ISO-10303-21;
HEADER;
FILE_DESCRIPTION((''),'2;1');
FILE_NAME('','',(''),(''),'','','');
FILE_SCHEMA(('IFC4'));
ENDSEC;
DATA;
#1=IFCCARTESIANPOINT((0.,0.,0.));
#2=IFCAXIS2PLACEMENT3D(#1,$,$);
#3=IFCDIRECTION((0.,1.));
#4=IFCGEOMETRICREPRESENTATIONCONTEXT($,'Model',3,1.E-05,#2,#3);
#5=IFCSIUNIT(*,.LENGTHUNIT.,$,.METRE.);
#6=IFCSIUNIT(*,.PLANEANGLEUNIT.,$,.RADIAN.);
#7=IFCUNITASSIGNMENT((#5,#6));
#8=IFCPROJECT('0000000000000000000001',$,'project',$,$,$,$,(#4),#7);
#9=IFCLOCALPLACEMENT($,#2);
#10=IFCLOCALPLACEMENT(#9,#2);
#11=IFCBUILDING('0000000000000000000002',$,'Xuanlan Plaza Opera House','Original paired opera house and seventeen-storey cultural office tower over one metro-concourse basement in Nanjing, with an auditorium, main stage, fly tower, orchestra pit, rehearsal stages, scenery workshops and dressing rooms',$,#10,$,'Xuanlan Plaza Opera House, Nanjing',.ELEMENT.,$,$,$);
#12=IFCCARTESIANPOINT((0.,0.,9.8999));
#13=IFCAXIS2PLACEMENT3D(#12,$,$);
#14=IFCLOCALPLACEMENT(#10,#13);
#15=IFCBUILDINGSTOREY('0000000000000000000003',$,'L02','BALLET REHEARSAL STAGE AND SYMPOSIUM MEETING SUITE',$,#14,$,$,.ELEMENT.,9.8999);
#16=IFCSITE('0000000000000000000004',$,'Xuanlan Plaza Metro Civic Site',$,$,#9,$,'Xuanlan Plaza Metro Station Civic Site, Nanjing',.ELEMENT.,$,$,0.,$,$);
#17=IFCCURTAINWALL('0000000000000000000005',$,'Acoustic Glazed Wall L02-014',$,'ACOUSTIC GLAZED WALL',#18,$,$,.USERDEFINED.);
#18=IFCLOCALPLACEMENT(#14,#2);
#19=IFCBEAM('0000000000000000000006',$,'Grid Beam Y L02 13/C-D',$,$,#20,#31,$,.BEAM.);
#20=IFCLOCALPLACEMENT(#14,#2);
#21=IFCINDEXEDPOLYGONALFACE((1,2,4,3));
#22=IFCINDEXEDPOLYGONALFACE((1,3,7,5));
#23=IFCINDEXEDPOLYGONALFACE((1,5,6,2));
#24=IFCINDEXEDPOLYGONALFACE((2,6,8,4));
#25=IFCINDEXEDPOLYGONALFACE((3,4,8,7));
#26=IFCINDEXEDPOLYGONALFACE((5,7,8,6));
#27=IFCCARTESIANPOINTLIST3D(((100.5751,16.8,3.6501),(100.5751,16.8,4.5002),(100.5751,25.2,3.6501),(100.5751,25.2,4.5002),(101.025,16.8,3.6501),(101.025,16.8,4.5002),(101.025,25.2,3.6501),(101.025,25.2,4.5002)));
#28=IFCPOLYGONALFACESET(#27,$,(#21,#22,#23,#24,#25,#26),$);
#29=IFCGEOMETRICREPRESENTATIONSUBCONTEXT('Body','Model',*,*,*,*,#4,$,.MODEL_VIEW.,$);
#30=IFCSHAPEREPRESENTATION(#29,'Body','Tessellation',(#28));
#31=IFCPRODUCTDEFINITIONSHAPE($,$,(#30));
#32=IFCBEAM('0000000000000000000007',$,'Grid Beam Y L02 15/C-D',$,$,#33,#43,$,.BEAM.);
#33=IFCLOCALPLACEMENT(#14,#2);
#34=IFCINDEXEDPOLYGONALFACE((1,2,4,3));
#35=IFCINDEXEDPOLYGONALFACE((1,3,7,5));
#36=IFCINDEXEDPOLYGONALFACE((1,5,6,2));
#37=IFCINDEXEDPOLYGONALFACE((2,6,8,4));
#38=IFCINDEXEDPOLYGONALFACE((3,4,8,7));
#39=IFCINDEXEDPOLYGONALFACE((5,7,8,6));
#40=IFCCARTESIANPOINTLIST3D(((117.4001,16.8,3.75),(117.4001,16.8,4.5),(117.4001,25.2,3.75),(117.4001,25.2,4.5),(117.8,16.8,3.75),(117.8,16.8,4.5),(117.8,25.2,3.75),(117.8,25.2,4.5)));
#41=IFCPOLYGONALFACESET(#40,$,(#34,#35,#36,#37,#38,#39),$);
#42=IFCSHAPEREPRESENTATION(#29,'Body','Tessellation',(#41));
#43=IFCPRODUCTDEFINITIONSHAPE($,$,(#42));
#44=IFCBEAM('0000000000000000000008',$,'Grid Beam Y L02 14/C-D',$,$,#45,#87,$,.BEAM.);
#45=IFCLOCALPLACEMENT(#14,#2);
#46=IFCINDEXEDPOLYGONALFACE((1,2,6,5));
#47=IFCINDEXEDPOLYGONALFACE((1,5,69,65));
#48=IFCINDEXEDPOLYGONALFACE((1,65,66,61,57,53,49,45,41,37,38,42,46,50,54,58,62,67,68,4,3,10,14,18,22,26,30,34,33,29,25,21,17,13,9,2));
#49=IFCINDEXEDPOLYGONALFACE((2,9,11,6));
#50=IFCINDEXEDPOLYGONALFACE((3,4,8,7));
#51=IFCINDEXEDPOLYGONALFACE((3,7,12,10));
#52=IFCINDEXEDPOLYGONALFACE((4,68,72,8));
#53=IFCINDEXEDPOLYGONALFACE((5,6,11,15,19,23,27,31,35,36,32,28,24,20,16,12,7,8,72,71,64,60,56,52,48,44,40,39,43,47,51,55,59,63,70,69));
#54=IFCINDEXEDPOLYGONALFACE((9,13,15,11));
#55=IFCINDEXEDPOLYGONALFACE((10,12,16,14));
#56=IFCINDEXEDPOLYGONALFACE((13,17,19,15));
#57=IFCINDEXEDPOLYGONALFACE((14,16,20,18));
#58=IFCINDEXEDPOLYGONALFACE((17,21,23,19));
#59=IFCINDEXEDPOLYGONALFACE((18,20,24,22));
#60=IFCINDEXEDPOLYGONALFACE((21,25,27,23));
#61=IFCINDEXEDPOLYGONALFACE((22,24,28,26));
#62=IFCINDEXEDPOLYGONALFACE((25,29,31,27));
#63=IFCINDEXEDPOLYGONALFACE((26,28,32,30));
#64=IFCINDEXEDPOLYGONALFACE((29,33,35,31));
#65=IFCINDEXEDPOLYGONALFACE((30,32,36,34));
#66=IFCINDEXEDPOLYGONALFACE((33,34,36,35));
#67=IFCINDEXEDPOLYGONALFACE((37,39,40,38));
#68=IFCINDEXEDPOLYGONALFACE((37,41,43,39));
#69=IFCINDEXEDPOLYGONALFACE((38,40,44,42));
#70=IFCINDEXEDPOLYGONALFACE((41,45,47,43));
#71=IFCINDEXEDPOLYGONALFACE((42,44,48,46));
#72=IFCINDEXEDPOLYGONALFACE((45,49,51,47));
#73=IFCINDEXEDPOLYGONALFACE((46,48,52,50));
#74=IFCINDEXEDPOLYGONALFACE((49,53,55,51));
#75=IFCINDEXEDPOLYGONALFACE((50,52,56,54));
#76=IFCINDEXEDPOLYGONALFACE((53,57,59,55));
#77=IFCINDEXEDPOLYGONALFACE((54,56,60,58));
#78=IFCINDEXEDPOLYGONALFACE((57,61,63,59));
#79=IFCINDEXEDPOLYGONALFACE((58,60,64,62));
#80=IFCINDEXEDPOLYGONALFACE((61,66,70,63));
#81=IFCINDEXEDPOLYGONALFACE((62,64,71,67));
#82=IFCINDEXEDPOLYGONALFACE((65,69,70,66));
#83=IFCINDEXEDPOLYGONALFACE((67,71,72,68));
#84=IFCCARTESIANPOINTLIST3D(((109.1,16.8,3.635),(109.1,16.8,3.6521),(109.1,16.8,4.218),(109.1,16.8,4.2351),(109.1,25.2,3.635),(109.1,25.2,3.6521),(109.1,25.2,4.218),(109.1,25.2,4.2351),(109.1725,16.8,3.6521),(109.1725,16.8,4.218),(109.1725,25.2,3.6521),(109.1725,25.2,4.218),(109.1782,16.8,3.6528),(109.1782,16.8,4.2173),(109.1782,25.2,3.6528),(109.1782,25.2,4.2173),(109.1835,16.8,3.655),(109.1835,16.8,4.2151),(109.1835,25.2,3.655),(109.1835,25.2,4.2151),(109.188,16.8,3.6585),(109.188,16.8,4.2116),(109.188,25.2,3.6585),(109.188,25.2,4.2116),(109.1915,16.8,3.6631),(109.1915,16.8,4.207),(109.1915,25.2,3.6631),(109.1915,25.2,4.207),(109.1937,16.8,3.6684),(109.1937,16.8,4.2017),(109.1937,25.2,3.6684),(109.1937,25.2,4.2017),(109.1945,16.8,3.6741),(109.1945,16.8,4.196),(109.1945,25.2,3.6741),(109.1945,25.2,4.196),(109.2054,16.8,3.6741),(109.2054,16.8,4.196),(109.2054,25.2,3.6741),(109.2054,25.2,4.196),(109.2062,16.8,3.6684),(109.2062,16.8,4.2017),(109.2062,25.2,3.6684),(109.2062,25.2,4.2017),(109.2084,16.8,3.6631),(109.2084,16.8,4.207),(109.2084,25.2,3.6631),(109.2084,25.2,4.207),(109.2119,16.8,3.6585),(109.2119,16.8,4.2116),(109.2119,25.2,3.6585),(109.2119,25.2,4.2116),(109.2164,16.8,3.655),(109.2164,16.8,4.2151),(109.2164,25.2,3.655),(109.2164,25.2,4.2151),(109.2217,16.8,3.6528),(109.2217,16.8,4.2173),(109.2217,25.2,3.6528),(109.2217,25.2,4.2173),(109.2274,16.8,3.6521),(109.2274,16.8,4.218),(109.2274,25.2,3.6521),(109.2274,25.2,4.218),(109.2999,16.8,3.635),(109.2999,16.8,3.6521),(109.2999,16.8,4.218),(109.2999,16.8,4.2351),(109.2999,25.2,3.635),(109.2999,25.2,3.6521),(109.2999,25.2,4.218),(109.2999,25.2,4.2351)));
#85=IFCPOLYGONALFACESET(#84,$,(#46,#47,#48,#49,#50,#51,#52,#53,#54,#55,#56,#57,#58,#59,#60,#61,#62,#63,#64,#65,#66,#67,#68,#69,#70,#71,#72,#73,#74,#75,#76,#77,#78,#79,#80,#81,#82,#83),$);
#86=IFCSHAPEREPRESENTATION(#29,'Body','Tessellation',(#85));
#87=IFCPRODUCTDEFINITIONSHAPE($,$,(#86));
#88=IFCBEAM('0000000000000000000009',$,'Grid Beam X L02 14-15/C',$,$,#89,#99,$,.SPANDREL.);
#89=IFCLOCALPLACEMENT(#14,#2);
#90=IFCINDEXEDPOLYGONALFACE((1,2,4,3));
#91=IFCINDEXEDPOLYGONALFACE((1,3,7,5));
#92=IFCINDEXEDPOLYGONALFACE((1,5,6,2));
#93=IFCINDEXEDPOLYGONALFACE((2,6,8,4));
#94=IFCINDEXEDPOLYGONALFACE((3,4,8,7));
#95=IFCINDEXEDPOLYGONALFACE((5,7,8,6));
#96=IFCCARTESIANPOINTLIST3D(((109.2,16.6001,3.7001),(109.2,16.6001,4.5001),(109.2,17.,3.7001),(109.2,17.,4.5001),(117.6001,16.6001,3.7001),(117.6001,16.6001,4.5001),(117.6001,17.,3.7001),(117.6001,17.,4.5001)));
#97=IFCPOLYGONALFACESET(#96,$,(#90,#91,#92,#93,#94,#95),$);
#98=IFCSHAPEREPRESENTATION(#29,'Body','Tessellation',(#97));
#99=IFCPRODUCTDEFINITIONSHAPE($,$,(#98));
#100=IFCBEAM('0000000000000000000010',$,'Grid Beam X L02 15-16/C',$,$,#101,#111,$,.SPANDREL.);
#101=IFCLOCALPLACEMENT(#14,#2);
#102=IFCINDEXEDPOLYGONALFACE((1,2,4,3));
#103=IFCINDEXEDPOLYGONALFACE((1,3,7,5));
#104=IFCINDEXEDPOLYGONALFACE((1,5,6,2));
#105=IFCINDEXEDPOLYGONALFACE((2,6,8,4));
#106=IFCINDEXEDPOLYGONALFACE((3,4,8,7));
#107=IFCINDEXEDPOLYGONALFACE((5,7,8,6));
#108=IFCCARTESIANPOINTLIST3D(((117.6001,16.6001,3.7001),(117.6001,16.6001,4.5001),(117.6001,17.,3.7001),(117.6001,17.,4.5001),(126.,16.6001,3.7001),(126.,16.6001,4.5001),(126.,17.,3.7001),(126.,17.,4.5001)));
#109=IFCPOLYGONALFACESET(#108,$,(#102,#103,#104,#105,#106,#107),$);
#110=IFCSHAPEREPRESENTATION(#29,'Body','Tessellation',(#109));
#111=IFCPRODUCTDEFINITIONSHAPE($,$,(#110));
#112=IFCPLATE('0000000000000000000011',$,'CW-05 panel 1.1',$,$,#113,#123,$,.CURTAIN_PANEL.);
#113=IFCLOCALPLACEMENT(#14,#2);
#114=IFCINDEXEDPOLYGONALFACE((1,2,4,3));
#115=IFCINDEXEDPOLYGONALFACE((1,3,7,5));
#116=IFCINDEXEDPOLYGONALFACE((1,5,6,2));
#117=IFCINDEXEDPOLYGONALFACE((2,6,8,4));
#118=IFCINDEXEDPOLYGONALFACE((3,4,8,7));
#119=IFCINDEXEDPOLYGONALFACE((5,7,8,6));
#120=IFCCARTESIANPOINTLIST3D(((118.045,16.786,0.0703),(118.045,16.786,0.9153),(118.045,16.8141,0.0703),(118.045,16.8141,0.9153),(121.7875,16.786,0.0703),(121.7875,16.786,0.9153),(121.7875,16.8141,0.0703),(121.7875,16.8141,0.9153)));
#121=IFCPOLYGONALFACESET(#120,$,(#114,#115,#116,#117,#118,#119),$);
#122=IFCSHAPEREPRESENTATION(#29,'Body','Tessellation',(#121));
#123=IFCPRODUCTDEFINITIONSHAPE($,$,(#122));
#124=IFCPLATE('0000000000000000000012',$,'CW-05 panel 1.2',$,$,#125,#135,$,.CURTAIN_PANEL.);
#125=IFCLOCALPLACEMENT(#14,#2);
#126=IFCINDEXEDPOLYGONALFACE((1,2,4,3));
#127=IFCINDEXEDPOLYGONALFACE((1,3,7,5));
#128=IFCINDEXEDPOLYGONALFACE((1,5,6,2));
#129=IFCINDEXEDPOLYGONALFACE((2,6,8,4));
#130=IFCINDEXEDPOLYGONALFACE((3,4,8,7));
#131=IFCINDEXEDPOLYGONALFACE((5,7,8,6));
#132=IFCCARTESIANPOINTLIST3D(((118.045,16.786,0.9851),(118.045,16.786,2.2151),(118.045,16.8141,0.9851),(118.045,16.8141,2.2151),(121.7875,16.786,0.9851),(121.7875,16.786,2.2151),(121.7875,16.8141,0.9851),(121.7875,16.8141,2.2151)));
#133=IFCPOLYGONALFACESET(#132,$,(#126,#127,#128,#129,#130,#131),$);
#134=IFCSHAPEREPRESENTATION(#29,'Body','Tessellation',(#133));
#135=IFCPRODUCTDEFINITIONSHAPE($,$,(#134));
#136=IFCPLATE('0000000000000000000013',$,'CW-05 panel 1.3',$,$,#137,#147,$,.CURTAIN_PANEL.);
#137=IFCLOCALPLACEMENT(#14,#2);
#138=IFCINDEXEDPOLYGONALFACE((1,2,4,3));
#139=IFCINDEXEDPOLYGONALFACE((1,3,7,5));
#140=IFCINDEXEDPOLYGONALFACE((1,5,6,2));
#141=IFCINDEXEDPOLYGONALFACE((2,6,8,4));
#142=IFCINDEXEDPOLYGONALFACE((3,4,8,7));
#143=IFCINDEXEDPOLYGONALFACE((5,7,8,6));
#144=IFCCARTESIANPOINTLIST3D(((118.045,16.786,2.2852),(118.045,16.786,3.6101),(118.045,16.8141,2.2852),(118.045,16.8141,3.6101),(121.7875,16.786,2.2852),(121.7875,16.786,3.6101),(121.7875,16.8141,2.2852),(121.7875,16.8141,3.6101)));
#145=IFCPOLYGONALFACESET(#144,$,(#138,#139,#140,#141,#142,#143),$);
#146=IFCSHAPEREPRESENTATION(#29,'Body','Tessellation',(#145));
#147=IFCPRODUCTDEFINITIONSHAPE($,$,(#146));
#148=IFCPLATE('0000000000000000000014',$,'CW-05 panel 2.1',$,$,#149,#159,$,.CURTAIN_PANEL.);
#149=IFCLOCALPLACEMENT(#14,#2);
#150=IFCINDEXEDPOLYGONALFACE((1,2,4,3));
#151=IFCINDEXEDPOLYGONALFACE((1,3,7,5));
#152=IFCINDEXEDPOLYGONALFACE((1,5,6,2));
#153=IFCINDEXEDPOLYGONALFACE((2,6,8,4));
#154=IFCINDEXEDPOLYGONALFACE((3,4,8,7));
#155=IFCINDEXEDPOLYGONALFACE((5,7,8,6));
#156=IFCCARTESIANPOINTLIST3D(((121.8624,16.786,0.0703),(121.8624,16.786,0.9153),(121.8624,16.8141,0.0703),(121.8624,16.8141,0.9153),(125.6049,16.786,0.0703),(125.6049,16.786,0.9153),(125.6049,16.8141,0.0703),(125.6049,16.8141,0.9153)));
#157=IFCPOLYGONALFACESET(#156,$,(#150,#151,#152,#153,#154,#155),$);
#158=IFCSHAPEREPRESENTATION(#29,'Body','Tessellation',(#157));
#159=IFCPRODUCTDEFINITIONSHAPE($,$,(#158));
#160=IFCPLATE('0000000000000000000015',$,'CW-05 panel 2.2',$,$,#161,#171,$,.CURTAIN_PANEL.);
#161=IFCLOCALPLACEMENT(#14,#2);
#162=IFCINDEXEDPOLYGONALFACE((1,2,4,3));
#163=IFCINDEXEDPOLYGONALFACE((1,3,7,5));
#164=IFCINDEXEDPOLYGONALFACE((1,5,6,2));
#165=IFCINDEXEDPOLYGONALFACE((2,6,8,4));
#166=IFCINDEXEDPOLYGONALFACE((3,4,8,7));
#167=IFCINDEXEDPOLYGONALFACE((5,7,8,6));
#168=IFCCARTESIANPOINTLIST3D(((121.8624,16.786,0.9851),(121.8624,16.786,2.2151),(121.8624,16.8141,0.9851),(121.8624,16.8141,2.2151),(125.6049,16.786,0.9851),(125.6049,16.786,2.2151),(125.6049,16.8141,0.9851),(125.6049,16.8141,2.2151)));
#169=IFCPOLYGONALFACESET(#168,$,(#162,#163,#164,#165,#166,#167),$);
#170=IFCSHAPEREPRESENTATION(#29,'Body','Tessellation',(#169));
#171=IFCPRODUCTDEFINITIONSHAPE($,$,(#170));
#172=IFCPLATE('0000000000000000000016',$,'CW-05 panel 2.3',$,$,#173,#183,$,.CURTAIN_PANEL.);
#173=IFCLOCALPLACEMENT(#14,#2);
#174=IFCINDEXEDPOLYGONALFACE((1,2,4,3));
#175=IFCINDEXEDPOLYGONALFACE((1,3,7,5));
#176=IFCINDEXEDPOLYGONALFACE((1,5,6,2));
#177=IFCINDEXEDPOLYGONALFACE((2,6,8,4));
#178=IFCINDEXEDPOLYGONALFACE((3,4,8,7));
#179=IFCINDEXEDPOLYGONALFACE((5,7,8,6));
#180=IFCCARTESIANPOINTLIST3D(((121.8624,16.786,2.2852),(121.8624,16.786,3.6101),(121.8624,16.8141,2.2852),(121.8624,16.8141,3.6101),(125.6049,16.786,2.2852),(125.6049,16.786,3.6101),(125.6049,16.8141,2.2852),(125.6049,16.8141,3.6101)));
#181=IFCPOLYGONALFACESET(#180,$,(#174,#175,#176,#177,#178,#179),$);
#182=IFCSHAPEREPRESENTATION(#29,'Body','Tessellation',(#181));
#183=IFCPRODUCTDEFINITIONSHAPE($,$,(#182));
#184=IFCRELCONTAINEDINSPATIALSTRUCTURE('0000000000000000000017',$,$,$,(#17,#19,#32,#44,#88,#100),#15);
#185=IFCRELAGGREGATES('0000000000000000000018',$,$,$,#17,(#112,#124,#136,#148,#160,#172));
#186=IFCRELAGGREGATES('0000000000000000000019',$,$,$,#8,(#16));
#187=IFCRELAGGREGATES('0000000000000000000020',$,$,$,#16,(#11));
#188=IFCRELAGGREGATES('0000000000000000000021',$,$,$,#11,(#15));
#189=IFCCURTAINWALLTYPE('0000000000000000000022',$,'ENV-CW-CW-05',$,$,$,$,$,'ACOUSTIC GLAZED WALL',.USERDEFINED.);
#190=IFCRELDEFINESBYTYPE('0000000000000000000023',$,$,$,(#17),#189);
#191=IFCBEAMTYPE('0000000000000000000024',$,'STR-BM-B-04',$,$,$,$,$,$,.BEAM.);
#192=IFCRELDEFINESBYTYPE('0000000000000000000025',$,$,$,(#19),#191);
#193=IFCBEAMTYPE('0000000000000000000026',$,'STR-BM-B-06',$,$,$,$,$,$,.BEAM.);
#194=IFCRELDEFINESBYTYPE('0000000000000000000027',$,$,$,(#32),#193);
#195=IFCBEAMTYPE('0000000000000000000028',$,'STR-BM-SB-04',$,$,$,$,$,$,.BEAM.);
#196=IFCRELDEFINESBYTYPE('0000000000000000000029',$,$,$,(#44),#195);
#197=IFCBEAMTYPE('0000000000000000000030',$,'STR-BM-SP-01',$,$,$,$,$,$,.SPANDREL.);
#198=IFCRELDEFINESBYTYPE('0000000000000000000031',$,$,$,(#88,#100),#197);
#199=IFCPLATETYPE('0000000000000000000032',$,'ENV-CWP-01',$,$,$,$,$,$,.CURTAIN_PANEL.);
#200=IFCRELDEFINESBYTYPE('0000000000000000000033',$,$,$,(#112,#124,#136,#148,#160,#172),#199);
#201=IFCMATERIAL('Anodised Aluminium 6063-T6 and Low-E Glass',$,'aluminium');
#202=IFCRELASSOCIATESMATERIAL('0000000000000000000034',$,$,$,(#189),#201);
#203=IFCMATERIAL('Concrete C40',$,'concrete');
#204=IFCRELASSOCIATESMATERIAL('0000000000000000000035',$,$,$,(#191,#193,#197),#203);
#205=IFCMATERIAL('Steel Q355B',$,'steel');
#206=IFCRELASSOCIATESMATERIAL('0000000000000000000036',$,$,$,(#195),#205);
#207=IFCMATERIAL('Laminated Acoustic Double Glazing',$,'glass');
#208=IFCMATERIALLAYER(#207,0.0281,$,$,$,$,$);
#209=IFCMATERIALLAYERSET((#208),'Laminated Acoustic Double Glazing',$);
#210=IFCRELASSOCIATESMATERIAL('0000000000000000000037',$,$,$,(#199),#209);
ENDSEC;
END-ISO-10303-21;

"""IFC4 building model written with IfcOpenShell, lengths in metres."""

from ifc_helpers import new_model, si_unit, direction, frame, origin, origin_2d, place, context, subcontext, project, spatial, rectangle, i_section, extrude, material, layer, layer_set, material_profile, profile_set, type_object, element, aggregate, save


model = new_model("IFC4")

# Units and contexts
model_context = context("Model", 3, precision=1e-05, world=origin(), true_north=direction((0.0, 1.0)))
body_context = subcontext(model_context, "Body", "Model", "MODEL_VIEW")
ifc_project = project(units=[si_unit("LENGTHUNIT", "METRE"), si_unit("PLANEANGLEUNIT", "RADIAN")], contexts=[model_context])

# Site, building, storey
site_placement = place(None, origin())
site = spatial("IfcSite", under=ifc_project, at=site_placement, Name="Xuanlan Plaza Metro Civic Site", LongName="Xuanlan Plaza Metro Station Civic Site, Nanjing", CompositionType="ELEMENT", RefElevation=0.0)
building_placement = place(site_placement, origin())
building = spatial("IfcBuilding", under=site, at=building_placement, Name="Xuanlan Plaza Opera House", Description="Original paired opera house and seventeen-storey cultural office tower over one metro-concourse basement in Nanjing, with an auditorium, main stage, fly tower, orchestra pit, rehearsal stages, scenery workshops and dressing rooms", LongName="Xuanlan Plaza Opera House, Nanjing", CompositionType="ELEMENT")
storey_placement = place(building_placement, frame((0.0, 0.0, 9.8999)))
storey = spatial("IfcBuildingStorey", under=building, at=storey_placement, Name="L02", Description="BALLET REHEARSAL STAGE AND SYMPOSIUM MEETING SUITE", CompositionType="ELEMENT", Elevation=9.8999)

# Shared definitions
ifc_material_1 = material(Name="Concrete C40", Category="concrete")

# Curtain wall
ifc_material_2 = material(Name="Anodised Aluminium 6063-T6 and Low-E Glass", Category="aluminium")
curtain_wall_type = type_object("IfcCurtainWallType", Name="ENV-CW-CW-05", ElementType="ACOUSTIC GLAZED WALL", PredefinedType="USERDEFINED", material=ifc_material_2)
curtain_wall_placement = place(storey_placement, origin())
curtain_wall = element("IfcCurtainWall", 1, at=curtain_wall_placement, inside=storey, type_object=curtain_wall_type, Name="Acoustic Glazed Wall L02-014", ObjectType="ACOUSTIC GLAZED WALL", PredefinedType="USERDEFINED")

# Beams
ifc_material_profile_1 = material_profile(ifc_material_1, rectangle(XDim=0.45, YDim=0.8501, at=origin_2d()), Name="RC-BM 450x850")
ifc_profile_set_1 = profile_set([ifc_material_profile_1], Name="Concrete C40")
beam_type_1 = type_object("IfcBeamType", Name="STR-BM-B-04", PredefinedType="BEAM", material=ifc_profile_set_1)
beam_1_placement = place(storey_placement, frame((100.8, 16.8, 4.0752), z_axis=(0.0, 1.0, 0.0), x_axis=(-1.0, 0.0, 0.0)))
element("IfcBeam", 2, at=beam_1_placement, inside=storey, type_object=beam_type_1, Name="Grid Beam Y L02 13/C-D", PredefinedType="BEAM", context=body_context, shape_type="SweptSolid", body=[
    extrude(rectangle(XDim=0.45, YDim=0.8501, at=origin_2d()), origin(), (0.0, 0.0, 1.0), 8.3999),
])
ifc_material_profile_2 = material_profile(ifc_material_1, rectangle(XDim=0.3999, YDim=0.75, at=origin_2d()), Name="RC-BM 400x750")
ifc_profile_set_2 = profile_set([ifc_material_profile_2], Name="Concrete C40")
beam_type_2 = type_object("IfcBeamType", Name="STR-BM-B-06", PredefinedType="BEAM", material=ifc_profile_set_2)
beam_2_placement = place(storey_placement, frame((117.6001, 16.8, 4.125), z_axis=(0.0, 1.0, 0.0), x_axis=(-1.0, 0.0, 0.0)))
element("IfcBeam", 3, at=beam_2_placement, inside=storey, type_object=beam_type_2, Name="Grid Beam Y L02 15/C-D", PredefinedType="BEAM", context=body_context, shape_type="SweptSolid", body=[
    extrude(rectangle(XDim=0.3999, YDim=0.75, at=origin_2d()), origin(), (0.0, 0.0, 1.0), 8.3999),
])
ifc_material_3 = material(Name="Steel Q355B", Category="steel")
ifc_material_profile_3 = material_profile(ifc_material_3, i_section(OverallWidth=0.2, OverallDepth=0.6001, WebThickness=0.011, FlangeThickness=0.0171, FilletRadius=0.022, at=origin_2d()), Name="HN 600x200x11x17")
ifc_profile_set_3 = profile_set([ifc_material_profile_3], Name="Steel Q355B")
beam_type_3 = type_object("IfcBeamType", Name="STR-BM-SB-04", PredefinedType="BEAM", material=ifc_profile_set_3)
beam_3_placement = place(storey_placement, frame((109.2, 16.8, 3.9351), z_axis=(0.0, 1.0, 0.0), x_axis=(-1.0, 0.0, 0.0)))
element("IfcBeam", 4, at=beam_3_placement, inside=storey, type_object=beam_type_3, Name="Grid Beam Y L02 14/C-D", PredefinedType="BEAM", context=body_context, shape_type="SweptSolid", body=[
    extrude(i_section(OverallWidth=0.2, OverallDepth=0.6001, WebThickness=0.011, FlangeThickness=0.0171, FilletRadius=0.022, at=origin_2d()), origin(), (0.0, 0.0, 1.0), 8.3999),
])
ifc_material_profile_4 = material_profile(ifc_material_1, rectangle(XDim=0.3999, YDim=0.8, at=origin_2d()), Name="RC-SPD 400x800")
ifc_profile_set_4 = profile_set([ifc_material_profile_4], Name="Concrete C40")
beam_type_4 = type_object("IfcBeamType", Name="STR-BM-SP-01", PredefinedType="SPANDREL", material=ifc_profile_set_4)
beam_4_placement = place(storey_placement, frame((109.2, 16.8, 4.1001), z_axis=(1.0, 0.0, 0.0), x_axis=(0.0, 1.0, 0.0)))
element("IfcBeam", 5, at=beam_4_placement, inside=storey, type_object=beam_type_4, Name="Grid Beam X L02 14-15/C", PredefinedType="SPANDREL", context=body_context, shape_type="SweptSolid", body=[
    extrude(rectangle(XDim=0.3999, YDim=0.8, at=origin_2d()), origin(), (0.0, 0.0, 1.0), 8.4001),
])
beam_5_placement = place(storey_placement, frame((117.6001, 16.8, 4.1001), z_axis=(1.0, 0.0, 0.0), x_axis=(0.0, 1.0, 0.0)))
element("IfcBeam", 6, at=beam_5_placement, inside=storey, type_object=beam_type_4, Name="Grid Beam X L02 15-16/C", PredefinedType="SPANDREL", context=body_context, shape_type="SweptSolid", body=[
    extrude(rectangle(XDim=0.3999, YDim=0.8, at=origin_2d()), origin(), (0.0, 0.0, 1.0), 8.3999),
])

# Plates
ifc_material_4 = material(Name="Laminated Acoustic Double Glazing", Category="glass")
ifc_layer_1 = layer(ifc_material_4, 0.0281)
ifc_layer_set_1 = layer_set([ifc_layer_1], Name="Laminated Acoustic Double Glazing")
plate_type = type_object("IfcPlateType", Name="ENV-CWP-01", PredefinedType="CURTAIN_PANEL", material=ifc_layer_set_1)
plate_1_placement = place(storey_placement, frame((119.9163, 16.8, 0.0703), z_axis=(0.0, 0.0, 1.0), x_axis=(1.0, 0.0, 0.0)))
plate_1 = element("IfcPlate", 7, at=plate_1_placement, type_object=plate_type, Name="CW-05 panel 1.1", PredefinedType="CURTAIN_PANEL", context=body_context, shape_type="SweptSolid", body=[
    extrude(rectangle(XDim=3.7424, YDim=0.0281, at=origin_2d()), origin(), (0.0, 0.0, 1.0), 0.845),
])
plate_2_placement = place(storey_placement, frame((119.9163, 16.8, 0.9851), z_axis=(0.0, 0.0, 1.0), x_axis=(1.0, 0.0, 0.0)))
plate_2 = element("IfcPlate", 8, at=plate_2_placement, type_object=plate_type, Name="CW-05 panel 1.2", PredefinedType="CURTAIN_PANEL", context=body_context, shape_type="SweptSolid", body=[
    extrude(rectangle(XDim=3.7424, YDim=0.0281, at=origin_2d()), origin(), (0.0, 0.0, 1.0), 1.23),
])
plate_3_placement = place(storey_placement, frame((119.9163, 16.8, 2.2852), z_axis=(0.0, 0.0, 1.0), x_axis=(1.0, 0.0, 0.0)))
plate_3 = element("IfcPlate", 9, at=plate_3_placement, type_object=plate_type, Name="CW-05 panel 1.3", PredefinedType="CURTAIN_PANEL", context=body_context, shape_type="SweptSolid", body=[
    extrude(rectangle(XDim=3.7424, YDim=0.0281, at=origin_2d()), origin(), (0.0, 0.0, 1.0), 1.325),
])
plate_4_placement = place(storey_placement, frame((123.7336, 16.8, 0.0703), z_axis=(0.0, 0.0, 1.0), x_axis=(1.0, 0.0, 0.0)))
plate_4 = element("IfcPlate", 10, at=plate_4_placement, type_object=plate_type, Name="CW-05 panel 2.1", PredefinedType="CURTAIN_PANEL", context=body_context, shape_type="SweptSolid", body=[
    extrude(rectangle(XDim=3.7424, YDim=0.0281, at=origin_2d()), origin(), (0.0, 0.0, 1.0), 0.845),
])
plate_5_placement = place(storey_placement, frame((123.7336, 16.8, 0.9851), z_axis=(0.0, 0.0, 1.0), x_axis=(1.0, 0.0, 0.0)))
plate_5 = element("IfcPlate", 11, at=plate_5_placement, type_object=plate_type, Name="CW-05 panel 2.2", PredefinedType="CURTAIN_PANEL", context=body_context, shape_type="SweptSolid", body=[
    extrude(rectangle(XDim=3.7424, YDim=0.0281, at=origin_2d()), origin(), (0.0, 0.0, 1.0), 1.23),
])
plate_6_placement = place(storey_placement, frame((123.7336, 16.8, 2.2852), z_axis=(0.0, 0.0, 1.0), x_axis=(1.0, 0.0, 0.0)))
plate_6 = element("IfcPlate", 12, at=plate_6_placement, type_object=plate_type, Name="CW-05 panel 2.3", PredefinedType="CURTAIN_PANEL", context=body_context, shape_type="SweptSolid", body=[
    extrude(rectangle(XDim=3.7424, YDim=0.0281, at=origin_2d()), origin(), (0.0, 0.0, 1.0), 1.325),
])
aggregate(curtain_wall, [plate_1, plate_2, plate_3, plate_4, plate_5, plate_6])

save(model, "model.ifc")
